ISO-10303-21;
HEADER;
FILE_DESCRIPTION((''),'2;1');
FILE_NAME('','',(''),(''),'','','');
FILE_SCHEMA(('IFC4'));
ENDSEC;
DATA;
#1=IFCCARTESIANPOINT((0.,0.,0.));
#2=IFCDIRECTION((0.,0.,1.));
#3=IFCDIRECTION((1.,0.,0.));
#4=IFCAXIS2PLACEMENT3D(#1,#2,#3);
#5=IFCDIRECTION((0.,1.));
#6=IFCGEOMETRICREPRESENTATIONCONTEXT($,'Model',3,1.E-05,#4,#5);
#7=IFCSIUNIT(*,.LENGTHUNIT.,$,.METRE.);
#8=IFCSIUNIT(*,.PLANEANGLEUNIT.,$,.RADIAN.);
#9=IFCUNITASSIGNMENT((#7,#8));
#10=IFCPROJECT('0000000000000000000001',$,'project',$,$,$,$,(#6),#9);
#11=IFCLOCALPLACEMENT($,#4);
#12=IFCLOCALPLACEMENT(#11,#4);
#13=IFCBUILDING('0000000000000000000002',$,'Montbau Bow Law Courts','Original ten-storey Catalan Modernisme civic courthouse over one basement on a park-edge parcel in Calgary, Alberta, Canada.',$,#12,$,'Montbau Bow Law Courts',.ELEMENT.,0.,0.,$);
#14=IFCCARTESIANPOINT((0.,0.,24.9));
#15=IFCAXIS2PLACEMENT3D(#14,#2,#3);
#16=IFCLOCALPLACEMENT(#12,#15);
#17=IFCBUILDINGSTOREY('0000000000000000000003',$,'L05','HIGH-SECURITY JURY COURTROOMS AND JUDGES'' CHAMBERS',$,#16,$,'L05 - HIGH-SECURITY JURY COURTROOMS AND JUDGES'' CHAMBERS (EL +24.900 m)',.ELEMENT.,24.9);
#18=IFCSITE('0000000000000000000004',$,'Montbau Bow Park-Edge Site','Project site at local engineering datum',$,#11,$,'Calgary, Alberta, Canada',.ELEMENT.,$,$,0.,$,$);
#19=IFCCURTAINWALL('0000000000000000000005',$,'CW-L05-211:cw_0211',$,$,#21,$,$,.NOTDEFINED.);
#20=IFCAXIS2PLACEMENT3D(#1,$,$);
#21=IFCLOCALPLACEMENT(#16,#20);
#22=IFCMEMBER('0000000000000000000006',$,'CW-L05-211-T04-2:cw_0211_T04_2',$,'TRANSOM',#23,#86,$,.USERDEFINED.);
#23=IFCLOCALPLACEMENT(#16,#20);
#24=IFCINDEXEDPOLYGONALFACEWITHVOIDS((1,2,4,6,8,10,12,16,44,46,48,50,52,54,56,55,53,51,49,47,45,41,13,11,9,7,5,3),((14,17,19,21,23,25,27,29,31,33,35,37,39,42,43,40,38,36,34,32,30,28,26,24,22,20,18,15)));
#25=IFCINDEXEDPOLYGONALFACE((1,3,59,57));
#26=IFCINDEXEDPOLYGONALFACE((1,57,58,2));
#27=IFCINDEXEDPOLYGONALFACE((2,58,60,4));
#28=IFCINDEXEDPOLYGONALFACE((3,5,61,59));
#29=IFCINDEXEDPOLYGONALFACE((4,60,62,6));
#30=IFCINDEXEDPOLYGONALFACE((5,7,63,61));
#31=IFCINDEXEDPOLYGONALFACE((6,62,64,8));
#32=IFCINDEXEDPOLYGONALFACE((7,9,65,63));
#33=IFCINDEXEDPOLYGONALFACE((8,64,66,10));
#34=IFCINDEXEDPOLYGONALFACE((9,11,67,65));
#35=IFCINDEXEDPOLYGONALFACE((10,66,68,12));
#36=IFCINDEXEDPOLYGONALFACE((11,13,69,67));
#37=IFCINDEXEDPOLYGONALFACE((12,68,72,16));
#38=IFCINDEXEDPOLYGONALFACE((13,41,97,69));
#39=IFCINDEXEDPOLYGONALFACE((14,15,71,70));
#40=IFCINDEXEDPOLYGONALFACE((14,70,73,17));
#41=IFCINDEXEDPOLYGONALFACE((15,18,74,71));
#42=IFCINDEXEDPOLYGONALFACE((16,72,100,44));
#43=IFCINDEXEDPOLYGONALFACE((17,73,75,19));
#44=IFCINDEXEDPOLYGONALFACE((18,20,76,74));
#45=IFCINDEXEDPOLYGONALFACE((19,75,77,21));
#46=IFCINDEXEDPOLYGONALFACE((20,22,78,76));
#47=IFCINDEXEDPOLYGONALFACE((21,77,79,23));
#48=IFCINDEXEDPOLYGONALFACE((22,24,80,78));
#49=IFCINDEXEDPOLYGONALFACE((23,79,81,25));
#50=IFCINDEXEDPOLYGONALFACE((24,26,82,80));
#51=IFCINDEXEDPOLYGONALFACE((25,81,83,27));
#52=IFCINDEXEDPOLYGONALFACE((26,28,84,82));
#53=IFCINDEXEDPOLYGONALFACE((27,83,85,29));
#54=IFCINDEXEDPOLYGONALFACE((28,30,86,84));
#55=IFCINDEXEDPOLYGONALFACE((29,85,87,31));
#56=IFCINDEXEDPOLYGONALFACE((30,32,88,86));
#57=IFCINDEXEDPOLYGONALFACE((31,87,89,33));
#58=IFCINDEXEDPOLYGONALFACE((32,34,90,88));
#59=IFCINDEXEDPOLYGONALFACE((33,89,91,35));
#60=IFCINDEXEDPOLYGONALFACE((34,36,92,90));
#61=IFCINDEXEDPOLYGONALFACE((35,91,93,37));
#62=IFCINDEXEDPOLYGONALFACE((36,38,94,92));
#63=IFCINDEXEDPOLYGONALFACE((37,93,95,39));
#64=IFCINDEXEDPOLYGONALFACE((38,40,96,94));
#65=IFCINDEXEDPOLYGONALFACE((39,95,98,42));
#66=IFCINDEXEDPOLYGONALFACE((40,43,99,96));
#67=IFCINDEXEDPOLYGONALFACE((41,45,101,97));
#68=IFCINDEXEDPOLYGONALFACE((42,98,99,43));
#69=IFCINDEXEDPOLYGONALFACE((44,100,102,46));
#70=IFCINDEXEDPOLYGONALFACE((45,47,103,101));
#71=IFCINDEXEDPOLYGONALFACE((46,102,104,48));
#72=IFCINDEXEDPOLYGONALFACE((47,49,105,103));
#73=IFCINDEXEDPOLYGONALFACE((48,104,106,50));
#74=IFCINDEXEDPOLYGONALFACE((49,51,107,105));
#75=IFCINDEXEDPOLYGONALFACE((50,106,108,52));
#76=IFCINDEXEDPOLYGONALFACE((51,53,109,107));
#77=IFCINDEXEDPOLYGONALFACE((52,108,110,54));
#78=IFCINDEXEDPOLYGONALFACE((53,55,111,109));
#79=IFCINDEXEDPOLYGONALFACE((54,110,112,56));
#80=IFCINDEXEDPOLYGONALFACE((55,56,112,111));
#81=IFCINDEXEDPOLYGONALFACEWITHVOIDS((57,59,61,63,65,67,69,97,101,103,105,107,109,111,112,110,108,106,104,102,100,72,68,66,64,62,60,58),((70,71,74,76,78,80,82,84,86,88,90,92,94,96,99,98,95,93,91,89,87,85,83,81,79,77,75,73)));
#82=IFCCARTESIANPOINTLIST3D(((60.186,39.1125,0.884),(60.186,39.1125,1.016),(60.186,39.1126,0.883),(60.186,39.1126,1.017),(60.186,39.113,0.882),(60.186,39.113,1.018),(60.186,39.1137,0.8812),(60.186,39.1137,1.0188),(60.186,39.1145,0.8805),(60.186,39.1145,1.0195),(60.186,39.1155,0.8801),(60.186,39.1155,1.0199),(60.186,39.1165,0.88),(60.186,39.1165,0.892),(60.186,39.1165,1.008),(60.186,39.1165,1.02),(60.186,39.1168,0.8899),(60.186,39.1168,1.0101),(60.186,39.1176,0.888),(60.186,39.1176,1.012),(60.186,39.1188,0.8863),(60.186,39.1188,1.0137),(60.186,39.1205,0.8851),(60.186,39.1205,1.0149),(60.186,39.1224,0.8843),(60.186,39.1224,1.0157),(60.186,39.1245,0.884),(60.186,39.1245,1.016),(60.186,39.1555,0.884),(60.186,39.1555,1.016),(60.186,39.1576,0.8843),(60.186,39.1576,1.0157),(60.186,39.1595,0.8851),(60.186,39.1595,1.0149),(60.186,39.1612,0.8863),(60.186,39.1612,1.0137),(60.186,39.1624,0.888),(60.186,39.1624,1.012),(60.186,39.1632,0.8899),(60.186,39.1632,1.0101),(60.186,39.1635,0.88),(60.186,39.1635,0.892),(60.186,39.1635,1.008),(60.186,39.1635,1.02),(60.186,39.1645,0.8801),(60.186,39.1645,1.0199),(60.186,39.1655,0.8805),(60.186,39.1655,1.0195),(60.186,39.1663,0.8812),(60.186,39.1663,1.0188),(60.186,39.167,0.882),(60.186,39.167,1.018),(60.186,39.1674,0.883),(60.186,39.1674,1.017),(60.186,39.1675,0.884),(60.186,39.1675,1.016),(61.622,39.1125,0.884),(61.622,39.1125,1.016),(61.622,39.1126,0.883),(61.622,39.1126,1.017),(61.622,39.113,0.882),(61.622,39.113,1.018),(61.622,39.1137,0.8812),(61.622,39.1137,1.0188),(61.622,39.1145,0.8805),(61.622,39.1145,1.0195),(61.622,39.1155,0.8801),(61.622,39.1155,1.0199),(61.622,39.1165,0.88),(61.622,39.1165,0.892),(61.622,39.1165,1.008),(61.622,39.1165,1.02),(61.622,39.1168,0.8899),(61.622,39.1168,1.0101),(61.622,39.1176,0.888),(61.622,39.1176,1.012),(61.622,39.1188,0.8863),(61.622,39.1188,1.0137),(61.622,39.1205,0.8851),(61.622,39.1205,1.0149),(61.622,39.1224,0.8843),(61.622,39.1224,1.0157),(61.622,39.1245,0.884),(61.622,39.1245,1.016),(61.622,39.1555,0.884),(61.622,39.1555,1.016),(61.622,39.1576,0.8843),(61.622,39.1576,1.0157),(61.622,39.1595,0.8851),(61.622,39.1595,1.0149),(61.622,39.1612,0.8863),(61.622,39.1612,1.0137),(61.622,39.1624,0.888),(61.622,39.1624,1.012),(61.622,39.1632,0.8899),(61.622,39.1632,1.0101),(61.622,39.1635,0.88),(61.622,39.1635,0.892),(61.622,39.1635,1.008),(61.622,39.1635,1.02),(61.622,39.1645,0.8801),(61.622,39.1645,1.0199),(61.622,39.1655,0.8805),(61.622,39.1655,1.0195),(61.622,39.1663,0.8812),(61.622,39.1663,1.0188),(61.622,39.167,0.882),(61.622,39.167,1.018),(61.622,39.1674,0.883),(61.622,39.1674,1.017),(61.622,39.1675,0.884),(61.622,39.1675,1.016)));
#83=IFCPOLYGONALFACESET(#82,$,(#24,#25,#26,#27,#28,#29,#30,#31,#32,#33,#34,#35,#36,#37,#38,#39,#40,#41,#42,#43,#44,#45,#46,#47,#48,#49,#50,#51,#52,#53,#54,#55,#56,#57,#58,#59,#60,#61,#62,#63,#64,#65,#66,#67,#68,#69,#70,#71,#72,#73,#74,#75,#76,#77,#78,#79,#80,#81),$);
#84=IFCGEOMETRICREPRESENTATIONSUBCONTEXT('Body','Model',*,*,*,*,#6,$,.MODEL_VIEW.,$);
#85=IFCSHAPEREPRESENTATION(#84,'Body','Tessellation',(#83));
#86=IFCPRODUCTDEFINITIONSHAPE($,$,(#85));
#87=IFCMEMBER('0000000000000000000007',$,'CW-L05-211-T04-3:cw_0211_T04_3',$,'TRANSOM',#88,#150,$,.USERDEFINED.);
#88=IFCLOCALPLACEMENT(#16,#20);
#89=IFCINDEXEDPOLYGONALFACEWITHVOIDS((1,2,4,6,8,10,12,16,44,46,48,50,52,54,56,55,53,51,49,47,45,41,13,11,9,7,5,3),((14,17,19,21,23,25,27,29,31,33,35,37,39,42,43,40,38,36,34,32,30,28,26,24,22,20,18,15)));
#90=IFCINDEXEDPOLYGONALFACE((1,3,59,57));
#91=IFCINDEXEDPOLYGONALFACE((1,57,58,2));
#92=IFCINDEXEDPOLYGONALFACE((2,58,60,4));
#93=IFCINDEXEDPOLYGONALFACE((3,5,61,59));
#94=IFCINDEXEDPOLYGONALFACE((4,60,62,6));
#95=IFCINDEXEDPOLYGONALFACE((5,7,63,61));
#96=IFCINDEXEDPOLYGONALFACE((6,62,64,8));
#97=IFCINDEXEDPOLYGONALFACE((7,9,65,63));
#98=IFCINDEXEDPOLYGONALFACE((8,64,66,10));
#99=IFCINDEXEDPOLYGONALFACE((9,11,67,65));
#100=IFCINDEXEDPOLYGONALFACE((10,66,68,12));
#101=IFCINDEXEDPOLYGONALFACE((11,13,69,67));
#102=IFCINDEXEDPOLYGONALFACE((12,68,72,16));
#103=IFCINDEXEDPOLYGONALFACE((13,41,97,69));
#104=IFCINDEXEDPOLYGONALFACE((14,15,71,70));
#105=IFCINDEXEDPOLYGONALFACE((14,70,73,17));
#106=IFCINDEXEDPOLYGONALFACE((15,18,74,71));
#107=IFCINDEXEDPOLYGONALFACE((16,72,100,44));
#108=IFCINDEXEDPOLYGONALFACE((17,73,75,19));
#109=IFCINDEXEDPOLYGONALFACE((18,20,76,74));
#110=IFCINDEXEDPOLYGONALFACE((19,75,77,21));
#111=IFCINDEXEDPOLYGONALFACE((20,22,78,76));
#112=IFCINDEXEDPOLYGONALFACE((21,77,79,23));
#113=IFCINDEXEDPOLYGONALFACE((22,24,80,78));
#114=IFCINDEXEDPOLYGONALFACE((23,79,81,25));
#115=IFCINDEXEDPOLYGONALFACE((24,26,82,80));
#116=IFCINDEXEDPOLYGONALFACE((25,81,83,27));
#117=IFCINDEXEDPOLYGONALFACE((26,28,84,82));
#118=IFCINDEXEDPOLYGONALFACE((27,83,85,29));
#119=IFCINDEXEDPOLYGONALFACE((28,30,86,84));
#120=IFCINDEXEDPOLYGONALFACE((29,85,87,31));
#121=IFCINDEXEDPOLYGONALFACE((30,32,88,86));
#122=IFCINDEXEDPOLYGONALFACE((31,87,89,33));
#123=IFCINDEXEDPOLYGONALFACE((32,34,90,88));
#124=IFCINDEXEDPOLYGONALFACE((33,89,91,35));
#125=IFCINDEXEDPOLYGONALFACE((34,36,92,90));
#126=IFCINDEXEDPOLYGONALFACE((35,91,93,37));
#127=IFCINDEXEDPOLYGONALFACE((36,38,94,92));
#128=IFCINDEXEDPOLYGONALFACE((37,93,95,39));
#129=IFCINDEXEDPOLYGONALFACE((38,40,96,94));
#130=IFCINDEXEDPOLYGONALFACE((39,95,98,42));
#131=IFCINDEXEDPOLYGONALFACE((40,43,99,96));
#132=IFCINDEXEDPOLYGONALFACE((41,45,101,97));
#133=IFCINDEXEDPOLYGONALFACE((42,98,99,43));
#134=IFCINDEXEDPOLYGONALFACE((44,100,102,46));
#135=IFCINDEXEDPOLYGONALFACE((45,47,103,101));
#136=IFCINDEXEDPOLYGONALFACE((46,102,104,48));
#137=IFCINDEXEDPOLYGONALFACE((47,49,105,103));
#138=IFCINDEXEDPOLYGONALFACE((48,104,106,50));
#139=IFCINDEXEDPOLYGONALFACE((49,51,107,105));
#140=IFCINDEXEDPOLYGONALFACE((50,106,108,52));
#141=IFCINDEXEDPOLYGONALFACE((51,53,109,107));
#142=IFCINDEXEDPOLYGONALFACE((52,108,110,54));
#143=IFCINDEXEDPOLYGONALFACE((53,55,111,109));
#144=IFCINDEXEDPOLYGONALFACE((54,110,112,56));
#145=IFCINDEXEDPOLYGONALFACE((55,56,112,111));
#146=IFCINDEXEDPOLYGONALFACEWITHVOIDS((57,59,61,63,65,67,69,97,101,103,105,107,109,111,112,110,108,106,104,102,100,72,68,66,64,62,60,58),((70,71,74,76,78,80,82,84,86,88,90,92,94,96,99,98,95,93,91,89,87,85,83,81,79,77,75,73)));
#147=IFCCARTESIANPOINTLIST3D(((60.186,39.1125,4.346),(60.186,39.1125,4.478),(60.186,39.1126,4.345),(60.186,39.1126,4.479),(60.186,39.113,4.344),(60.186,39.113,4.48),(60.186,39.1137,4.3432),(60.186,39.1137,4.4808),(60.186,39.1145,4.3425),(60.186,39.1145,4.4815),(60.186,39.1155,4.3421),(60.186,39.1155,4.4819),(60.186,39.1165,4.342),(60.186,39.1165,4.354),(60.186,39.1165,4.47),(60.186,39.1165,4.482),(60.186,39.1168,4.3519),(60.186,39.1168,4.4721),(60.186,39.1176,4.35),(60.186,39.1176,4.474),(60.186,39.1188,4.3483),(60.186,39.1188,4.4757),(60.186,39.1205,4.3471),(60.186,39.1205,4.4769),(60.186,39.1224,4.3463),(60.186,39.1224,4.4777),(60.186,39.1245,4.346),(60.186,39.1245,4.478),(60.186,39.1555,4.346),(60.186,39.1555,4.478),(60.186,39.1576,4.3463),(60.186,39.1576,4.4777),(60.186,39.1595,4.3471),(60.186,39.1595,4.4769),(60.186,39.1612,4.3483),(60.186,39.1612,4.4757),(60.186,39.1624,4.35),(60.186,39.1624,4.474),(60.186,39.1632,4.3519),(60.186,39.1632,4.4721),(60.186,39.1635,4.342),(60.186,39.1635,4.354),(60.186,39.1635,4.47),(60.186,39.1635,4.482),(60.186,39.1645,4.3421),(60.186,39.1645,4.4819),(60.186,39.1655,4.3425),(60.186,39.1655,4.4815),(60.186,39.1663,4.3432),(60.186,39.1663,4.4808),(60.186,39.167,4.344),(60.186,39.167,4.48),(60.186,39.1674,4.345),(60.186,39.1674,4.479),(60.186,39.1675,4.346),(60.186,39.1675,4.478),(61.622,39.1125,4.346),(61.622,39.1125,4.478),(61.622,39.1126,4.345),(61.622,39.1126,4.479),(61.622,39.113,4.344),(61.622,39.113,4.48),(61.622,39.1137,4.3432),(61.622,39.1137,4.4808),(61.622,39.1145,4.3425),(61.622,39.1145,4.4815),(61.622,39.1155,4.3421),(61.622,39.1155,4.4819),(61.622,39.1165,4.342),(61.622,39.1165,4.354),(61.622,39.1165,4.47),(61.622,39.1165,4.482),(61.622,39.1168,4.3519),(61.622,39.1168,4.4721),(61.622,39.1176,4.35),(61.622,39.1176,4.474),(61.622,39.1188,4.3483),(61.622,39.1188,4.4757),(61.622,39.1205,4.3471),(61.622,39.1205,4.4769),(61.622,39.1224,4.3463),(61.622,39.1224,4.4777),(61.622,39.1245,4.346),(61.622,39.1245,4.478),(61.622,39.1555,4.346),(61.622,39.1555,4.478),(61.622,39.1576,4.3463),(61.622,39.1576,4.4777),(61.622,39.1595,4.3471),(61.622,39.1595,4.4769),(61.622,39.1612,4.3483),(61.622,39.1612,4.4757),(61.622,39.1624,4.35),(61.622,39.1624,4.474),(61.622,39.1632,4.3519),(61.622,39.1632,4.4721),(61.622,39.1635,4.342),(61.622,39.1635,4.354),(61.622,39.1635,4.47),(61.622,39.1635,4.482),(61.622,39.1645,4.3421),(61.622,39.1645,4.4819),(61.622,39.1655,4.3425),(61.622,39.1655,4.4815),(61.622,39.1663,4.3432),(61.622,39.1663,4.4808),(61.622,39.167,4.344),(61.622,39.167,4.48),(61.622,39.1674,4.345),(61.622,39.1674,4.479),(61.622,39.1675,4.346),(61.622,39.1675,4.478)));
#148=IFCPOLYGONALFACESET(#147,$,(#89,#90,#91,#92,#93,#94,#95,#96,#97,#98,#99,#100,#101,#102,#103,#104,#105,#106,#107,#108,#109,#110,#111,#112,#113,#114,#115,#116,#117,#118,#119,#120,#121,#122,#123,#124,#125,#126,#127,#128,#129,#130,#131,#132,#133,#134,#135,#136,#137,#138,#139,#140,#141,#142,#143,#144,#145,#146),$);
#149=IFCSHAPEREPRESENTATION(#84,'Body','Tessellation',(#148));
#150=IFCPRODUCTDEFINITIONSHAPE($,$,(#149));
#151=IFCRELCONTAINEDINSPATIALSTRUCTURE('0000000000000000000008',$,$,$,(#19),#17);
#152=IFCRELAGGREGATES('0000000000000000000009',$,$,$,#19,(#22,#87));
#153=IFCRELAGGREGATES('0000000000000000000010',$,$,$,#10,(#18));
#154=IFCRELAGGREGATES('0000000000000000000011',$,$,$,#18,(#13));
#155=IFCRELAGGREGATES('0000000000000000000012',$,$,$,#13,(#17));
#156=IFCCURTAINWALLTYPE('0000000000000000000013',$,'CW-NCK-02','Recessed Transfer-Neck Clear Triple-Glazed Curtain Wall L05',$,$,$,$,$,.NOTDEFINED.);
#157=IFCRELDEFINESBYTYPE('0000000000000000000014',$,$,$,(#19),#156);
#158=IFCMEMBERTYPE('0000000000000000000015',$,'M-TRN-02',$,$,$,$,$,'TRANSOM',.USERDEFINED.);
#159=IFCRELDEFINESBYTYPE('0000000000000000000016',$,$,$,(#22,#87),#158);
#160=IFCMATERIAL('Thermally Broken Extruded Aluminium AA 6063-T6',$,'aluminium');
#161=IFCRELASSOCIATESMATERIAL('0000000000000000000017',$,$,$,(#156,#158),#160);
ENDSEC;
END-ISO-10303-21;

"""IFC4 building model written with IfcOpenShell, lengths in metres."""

from ifc_helpers import new_model, si_unit, direction, frame, origin_with_axes, origin_2d_with_axis, place, context, subcontext, project, spatial, hollow_rectangle, extrude, material, material_profile, profile_set, type_object, element, aggregate, save


model = new_model("IFC4")

# Units and contexts
model_context = context("Model", 3, precision=1e-05, world=origin_with_axes(), true_north=direction((0.0, 1.0)))
body_context = subcontext(model_context, "Body", "Model", "MODEL_VIEW")
ifc_project = project(units=[si_unit("LENGTHUNIT", "METRE"), si_unit("PLANEANGLEUNIT", "RADIAN")], contexts=[model_context])

# Site, building, storey
site_placement = place(None, origin_with_axes())
site = spatial("IfcSite", under=ifc_project, at=site_placement, Name="Montbau Bow Park-Edge Site", Description="Project site at local engineering datum", LongName="Calgary, Alberta, Canada", CompositionType="ELEMENT", RefElevation=0.0)
building_placement = place(site_placement, origin_with_axes())
building = spatial("IfcBuilding", under=site, at=building_placement, Name="Montbau Bow Law Courts", Description="Original ten-storey Catalan Modernisme civic courthouse over one basement on a park-edge parcel in Calgary, Alberta, Canada.", LongName="Montbau Bow Law Courts", CompositionType="ELEMENT", ElevationOfRefHeight=0.0, ElevationOfTerrain=0.0)
storey_placement = place(building_placement, frame((0.0, 0.0, 24.9), z_axis=(0.0, 0.0, 1.0), x_axis=(1.0, 0.0, 0.0)))
storey = spatial("IfcBuildingStorey", under=building, at=storey_placement, Name="L05", Description="HIGH-SECURITY JURY COURTROOMS AND JUDGES' CHAMBERS", LongName="L05 - HIGH-SECURITY JURY COURTROOMS AND JUDGES' CHAMBERS (EL +24.900 m)", CompositionType="ELEMENT", Elevation=24.9)

# Curtain wall, members
ifc_material_1 = material(Name="Thermally Broken Extruded Aluminium AA 6063-T6", Category="aluminium")
curtain_wall_type = type_object("IfcCurtainWallType", Name="CW-NCK-02", Description="Recessed Transfer-Neck Clear Triple-Glazed Curtain Wall L05", PredefinedType="NOTDEFINED", material=ifc_material_1)
curtain_wall_placement = place(None, frame((55.64, 39.14, 24.9), z_axis=(0.0, 0.0, 1.0), x_axis=(1.0, 0.0, 0.0)))
curtain_wall = element("IfcCurtainWall", 1, at=curtain_wall_placement, inside=storey, type_object=curtain_wall_type, Name="CW-L05-211:cw_0211", PredefinedType="NOTDEFINED")
ifc_material_profile_1 = material_profile(ifc_material_1, hollow_rectangle(XDim=0.055, YDim=0.14, WallThickness=0.004, InnerFilletRadius=0.008, OuterFilletRadius=0.004, at=origin_2d_with_axis()), Name="CWT-140X55", Category="Main", Priority=0)
ifc_profile_set_1 = profile_set([ifc_material_profile_1], Name="Thermally Broken Extruded Aluminium AA 6063-T6")
member_type_1 = type_object("IfcMemberType", Name="M-TRN-02", ElementType="TRANSOM", PredefinedType="USERDEFINED", material=ifc_profile_set_1)
member_1_placement = place(None, frame((60.186, 39.14, 25.85), z_axis=(1.0, 0.0, 0.0), x_axis=(0.0, 1.0, 0.0)))
member_1 = element("IfcMember", 2, at=member_1_placement, type_object=member_type_1, Name="CW-L05-211-T04-2:cw_0211_T04_2", ObjectType="TRANSOM", PredefinedType="USERDEFINED", context=body_context, shape_type="SweptSolid", body=[
    extrude(hollow_rectangle(XDim=0.055, YDim=0.14, WallThickness=0.004, InnerFilletRadius=0.008, OuterFilletRadius=0.004, at=origin_2d_with_axis()), origin_with_axes(), (0.0, 0.0, 1.0), 1.436),
])
member_2_placement = place(None, frame((60.186, 39.14, 29.312), z_axis=(1.0, 0.0, 0.0), x_axis=(0.0, 1.0, 0.0)))
member_2 = element("IfcMember", 3, at=member_2_placement, type_object=member_type_1, Name="CW-L05-211-T04-3:cw_0211_T04_3", ObjectType="TRANSOM", PredefinedType="USERDEFINED", context=body_context, shape_type="SweptSolid", body=[
    extrude(hollow_rectangle(XDim=0.055, YDim=0.14, WallThickness=0.004, InnerFilletRadius=0.008, OuterFilletRadius=0.004, at=origin_2d_with_axis()), origin_with_axes(), (0.0, 0.0, 1.0), 1.436),
])
aggregate(curtain_wall, [member_1, member_2])

save(model, "model.ifc")
